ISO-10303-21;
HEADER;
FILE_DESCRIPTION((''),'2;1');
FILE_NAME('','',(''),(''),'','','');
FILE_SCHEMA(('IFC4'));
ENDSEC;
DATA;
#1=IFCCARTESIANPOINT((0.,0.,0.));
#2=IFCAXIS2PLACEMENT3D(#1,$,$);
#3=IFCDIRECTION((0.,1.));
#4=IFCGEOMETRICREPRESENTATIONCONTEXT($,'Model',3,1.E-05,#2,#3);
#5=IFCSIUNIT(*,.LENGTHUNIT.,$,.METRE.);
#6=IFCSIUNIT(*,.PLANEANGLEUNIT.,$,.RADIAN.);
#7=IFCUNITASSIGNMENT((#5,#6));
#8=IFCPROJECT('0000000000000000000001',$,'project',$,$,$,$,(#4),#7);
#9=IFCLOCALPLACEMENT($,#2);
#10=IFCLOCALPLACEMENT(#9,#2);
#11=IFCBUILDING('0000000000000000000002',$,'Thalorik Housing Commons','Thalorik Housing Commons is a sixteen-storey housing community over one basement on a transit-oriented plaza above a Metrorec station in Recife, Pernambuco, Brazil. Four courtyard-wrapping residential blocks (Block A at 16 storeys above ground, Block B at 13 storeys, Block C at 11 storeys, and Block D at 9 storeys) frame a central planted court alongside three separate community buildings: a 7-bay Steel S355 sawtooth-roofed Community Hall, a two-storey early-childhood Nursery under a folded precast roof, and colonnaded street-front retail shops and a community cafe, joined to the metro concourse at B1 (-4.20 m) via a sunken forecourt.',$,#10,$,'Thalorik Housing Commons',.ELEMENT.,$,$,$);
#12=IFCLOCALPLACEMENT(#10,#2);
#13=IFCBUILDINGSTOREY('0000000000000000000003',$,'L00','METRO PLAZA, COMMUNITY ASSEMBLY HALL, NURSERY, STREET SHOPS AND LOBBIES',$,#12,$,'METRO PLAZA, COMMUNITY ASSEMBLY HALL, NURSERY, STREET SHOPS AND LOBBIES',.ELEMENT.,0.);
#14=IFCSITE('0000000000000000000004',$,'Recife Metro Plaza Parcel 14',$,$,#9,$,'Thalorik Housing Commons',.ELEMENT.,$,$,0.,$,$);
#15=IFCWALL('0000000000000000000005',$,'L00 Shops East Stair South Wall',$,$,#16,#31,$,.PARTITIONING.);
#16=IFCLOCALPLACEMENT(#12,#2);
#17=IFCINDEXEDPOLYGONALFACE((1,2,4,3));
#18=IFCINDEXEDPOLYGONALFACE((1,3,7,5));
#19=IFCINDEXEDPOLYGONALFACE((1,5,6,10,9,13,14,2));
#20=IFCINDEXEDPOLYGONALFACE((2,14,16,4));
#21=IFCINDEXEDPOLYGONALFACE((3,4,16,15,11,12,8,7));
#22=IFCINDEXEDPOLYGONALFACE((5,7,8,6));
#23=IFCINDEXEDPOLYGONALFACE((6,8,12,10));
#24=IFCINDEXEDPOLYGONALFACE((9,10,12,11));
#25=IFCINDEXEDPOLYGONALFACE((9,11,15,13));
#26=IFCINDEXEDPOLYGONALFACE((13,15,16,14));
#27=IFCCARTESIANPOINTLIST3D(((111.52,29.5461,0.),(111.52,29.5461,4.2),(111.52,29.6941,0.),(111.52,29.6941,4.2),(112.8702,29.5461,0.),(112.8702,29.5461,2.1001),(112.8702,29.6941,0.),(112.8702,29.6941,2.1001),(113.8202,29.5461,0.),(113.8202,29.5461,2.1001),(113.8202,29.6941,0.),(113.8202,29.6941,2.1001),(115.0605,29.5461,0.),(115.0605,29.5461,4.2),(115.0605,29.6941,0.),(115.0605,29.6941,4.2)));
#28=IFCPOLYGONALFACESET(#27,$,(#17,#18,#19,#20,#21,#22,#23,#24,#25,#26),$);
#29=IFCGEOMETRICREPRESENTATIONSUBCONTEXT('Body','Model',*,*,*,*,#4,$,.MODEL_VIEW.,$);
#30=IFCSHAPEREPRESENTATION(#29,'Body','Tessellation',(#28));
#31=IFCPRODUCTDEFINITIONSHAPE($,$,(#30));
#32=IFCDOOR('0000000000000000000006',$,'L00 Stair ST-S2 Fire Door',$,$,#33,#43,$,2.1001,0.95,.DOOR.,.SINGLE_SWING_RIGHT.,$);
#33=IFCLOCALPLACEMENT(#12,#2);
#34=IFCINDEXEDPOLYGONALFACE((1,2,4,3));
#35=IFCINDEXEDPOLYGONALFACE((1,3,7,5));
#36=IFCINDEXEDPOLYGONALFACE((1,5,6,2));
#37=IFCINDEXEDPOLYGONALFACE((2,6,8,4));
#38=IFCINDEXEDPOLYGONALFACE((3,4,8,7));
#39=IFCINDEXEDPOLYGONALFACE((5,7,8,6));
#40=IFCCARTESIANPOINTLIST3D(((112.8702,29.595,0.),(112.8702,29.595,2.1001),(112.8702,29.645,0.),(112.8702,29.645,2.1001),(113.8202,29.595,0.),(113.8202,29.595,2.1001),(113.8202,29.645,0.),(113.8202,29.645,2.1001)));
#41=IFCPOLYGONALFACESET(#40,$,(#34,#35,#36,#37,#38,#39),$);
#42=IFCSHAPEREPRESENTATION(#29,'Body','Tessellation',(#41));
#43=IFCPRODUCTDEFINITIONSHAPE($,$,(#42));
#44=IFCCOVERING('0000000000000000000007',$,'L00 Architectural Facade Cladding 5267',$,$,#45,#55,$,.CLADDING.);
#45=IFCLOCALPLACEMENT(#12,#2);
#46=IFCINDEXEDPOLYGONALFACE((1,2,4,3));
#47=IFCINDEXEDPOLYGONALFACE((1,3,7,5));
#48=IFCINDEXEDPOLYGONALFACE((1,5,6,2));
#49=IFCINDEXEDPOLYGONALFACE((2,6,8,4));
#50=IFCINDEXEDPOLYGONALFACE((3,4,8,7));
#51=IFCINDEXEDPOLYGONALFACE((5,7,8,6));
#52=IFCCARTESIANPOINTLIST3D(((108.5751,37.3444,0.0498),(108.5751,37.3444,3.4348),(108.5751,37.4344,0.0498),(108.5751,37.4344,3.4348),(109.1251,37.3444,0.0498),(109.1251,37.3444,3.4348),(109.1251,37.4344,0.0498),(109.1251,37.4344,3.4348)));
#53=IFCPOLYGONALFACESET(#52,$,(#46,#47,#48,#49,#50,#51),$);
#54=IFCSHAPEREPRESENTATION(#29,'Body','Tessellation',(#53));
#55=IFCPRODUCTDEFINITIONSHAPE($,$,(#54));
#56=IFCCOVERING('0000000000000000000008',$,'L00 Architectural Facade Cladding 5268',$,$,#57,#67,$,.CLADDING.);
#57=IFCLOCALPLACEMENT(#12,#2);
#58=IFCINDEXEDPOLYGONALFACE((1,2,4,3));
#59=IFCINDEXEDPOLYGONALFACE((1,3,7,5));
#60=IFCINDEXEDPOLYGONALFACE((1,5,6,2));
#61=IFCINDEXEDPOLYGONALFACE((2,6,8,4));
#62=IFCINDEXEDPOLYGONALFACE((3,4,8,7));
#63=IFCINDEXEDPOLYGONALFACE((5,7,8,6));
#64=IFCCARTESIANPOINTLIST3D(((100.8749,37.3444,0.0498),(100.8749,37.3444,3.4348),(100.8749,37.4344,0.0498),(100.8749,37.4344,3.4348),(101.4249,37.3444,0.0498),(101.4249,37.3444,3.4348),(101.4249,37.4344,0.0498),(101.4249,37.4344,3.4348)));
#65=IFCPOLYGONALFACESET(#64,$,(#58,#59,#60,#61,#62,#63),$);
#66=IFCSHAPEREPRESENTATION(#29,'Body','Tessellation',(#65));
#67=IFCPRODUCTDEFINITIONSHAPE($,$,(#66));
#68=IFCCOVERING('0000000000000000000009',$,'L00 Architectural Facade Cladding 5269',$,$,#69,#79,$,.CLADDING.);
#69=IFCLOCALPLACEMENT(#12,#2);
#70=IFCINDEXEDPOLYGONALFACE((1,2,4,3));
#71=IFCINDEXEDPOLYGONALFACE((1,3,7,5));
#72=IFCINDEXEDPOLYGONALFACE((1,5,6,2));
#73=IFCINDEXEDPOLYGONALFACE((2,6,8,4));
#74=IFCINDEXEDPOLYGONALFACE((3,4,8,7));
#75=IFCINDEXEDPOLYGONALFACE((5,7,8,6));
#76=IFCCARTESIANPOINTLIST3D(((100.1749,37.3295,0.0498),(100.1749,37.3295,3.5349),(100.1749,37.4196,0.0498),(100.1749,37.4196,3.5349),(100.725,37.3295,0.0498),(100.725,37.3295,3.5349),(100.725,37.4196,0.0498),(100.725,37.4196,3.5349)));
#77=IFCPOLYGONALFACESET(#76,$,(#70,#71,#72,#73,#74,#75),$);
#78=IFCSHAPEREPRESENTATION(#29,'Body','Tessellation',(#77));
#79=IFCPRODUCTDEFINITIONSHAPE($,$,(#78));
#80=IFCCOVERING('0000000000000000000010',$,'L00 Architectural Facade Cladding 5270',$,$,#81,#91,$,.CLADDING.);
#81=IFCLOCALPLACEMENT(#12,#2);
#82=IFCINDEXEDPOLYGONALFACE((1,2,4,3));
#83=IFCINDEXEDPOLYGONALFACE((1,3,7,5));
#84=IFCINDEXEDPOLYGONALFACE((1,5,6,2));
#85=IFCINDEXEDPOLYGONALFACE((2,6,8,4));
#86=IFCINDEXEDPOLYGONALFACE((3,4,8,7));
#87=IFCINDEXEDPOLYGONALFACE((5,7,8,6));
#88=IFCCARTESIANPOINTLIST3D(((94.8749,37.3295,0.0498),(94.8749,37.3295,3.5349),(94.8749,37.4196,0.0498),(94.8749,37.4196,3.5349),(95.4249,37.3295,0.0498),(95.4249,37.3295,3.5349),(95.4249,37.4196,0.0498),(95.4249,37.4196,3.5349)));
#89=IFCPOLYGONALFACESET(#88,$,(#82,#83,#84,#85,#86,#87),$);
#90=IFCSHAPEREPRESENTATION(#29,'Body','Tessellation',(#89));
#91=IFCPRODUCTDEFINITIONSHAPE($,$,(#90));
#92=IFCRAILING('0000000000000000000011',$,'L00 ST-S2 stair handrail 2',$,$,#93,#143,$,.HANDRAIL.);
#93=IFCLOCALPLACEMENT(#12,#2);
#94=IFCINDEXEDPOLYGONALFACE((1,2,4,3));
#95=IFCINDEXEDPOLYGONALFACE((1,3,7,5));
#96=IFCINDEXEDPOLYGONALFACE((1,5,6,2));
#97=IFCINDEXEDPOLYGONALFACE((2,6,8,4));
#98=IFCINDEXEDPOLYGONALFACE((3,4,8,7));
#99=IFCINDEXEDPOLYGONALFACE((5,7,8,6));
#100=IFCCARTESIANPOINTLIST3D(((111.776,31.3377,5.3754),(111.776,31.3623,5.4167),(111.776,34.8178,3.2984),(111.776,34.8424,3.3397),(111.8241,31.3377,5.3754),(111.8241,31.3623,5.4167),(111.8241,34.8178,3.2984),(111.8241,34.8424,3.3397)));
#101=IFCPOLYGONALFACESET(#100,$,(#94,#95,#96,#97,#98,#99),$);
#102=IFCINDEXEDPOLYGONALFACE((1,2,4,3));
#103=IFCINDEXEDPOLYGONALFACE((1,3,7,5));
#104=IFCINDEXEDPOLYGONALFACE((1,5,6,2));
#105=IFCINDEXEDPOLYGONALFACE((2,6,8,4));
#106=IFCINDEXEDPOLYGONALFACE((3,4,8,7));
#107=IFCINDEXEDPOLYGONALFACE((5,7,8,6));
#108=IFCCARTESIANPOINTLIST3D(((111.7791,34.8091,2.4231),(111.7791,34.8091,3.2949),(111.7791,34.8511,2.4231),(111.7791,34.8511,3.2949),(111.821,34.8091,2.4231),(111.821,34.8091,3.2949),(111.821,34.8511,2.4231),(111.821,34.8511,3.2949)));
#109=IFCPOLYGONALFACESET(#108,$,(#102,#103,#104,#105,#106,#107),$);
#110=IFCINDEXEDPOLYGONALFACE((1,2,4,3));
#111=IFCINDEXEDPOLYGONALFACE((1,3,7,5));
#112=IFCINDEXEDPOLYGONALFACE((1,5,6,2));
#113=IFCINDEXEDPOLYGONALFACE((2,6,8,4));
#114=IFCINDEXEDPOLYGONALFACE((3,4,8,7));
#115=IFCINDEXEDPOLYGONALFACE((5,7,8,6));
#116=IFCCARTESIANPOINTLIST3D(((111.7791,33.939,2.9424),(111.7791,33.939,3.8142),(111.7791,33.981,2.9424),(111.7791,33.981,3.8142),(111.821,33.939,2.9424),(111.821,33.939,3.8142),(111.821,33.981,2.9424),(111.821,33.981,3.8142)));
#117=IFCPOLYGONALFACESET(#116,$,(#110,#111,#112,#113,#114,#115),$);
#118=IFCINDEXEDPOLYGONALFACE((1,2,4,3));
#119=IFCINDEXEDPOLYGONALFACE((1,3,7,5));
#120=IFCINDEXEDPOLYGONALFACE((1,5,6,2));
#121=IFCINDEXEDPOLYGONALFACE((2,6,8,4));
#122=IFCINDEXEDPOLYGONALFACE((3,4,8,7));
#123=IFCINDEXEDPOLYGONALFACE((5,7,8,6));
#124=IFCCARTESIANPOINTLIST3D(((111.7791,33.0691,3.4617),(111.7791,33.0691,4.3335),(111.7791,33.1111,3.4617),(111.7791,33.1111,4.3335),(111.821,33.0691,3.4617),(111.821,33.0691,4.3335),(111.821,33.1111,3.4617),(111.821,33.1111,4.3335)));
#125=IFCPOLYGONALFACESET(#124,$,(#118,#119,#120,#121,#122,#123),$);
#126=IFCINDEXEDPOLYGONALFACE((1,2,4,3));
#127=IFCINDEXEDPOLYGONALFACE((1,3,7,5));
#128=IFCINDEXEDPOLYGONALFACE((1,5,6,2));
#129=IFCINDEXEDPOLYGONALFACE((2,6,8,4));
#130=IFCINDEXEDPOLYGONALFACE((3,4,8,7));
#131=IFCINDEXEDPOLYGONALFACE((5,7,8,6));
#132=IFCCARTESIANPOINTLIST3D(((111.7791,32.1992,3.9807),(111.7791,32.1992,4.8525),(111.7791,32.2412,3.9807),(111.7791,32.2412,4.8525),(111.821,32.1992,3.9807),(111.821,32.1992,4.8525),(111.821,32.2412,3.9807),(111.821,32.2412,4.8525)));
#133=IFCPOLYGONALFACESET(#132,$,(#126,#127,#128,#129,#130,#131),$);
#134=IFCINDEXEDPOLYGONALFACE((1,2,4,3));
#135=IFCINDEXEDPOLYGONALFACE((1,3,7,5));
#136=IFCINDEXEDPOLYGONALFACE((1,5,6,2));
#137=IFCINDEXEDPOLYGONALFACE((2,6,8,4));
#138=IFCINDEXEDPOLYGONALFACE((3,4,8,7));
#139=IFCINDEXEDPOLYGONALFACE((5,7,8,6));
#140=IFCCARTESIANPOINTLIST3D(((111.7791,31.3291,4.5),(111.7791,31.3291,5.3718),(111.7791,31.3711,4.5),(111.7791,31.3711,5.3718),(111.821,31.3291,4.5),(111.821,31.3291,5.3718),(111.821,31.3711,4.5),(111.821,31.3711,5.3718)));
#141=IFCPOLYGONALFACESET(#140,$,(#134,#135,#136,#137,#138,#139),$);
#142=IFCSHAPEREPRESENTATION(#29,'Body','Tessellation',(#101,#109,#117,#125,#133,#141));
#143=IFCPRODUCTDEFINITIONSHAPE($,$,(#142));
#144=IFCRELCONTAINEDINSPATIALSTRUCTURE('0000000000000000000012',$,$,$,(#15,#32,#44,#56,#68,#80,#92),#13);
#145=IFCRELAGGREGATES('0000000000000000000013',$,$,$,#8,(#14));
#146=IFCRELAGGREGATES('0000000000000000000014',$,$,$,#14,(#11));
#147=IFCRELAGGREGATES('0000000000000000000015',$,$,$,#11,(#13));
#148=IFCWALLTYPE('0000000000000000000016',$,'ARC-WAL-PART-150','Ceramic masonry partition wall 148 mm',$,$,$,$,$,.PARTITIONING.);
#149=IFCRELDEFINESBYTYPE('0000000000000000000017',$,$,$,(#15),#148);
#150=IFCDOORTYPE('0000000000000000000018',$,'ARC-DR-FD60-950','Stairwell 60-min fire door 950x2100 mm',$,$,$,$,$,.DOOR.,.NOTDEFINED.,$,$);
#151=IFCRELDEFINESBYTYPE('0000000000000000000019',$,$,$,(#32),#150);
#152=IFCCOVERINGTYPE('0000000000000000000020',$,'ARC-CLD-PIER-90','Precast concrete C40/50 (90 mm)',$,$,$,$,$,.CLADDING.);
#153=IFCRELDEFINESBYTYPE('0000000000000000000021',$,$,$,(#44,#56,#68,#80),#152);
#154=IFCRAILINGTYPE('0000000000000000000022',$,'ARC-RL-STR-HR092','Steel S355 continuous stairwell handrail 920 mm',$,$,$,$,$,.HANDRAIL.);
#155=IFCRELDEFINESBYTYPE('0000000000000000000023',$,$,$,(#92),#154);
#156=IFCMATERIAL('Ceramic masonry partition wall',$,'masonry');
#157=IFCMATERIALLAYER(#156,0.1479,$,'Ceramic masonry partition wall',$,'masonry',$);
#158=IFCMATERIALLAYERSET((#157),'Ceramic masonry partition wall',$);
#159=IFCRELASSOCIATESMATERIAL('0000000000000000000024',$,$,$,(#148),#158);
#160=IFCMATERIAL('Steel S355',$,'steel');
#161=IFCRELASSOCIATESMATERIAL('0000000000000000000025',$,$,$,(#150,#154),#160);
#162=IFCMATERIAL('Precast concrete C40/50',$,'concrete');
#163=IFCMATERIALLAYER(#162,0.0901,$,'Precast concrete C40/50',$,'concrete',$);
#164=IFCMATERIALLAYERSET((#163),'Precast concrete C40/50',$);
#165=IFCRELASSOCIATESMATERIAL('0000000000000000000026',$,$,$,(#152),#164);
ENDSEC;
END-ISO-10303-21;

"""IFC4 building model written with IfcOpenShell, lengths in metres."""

from ifc_helpers import new_model, si_unit, direction, frame, frame_2d, origin, origin_2d, place, context, subcontext, project, spatial, rectangle, extrude, material, layer, layer_set, type_object, element, fill, save


model = new_model("IFC4")

# Units and contexts
model_context = context("Model", 3, precision=1e-05, world=origin(), true_north=direction((0.0, 1.0)))
body_context = subcontext(model_context, "Body", "Model", "MODEL_VIEW")
ifc_project = project(units=[si_unit("LENGTHUNIT", "METRE"), si_unit("PLANEANGLEUNIT", "RADIAN")], contexts=[model_context])

# Site, building, storey
site_placement = place(None, origin())
site = spatial("IfcSite", under=ifc_project, at=site_placement, Name="Recife Metro Plaza Parcel 14", LongName="Thalorik Housing Commons", CompositionType="ELEMENT", RefElevation=0.0)
building_placement = place(site_placement, origin())
building = spatial("IfcBuilding", under=site, at=building_placement, Name="Thalorik Housing Commons", Description="Thalorik Housing Commons is a sixteen-storey housing community over one basement on a transit-oriented plaza above a Metrorec station in Recife, Pernambuco, Brazil. Four courtyard-wrapping residential blocks (Block A at 16 storeys above ground, Block B at 13 storeys, Block C at 11 storeys, and Block D at 9 storeys) frame a central planted court alongside three separate community buildings: a 7-bay Steel S355 sawtooth-roofed Community Hall, a two-storey early-childhood Nursery under a folded precast roof, and colonnaded street-front retail shops and a community cafe, joined to the metro concourse at B1 (-4.20 m) via a sunken forecourt.", LongName="Thalorik Housing Commons", CompositionType="ELEMENT")
storey_placement = place(building_placement, origin())
storey = spatial("IfcBuildingStorey", under=building, at=storey_placement, Name="L00", Description="METRO PLAZA, COMMUNITY ASSEMBLY HALL, NURSERY, STREET SHOPS AND LOBBIES", LongName="METRO PLAZA, COMMUNITY ASSEMBLY HALL, NURSERY, STREET SHOPS AND LOBBIES", CompositionType="ELEMENT", Elevation=0.0)

# Shared definitions
ifc_material_1 = material(Name="Precast concrete C40/50", Category="concrete")

# Shared definitions
ifc_material_2 = material(Name="Steel S355", Category="steel")

# Wall, opening, door
ifc_material_3 = material(Name="Ceramic masonry partition wall", Category="masonry")
ifc_layer_1 = layer(ifc_material_3, 0.1479, Name="Ceramic masonry partition wall", Category="masonry")
ifc_layer_set_1 = layer_set([ifc_layer_1], Name="Ceramic masonry partition wall")
wall_type_1 = type_object("IfcWallType", Name="ARC-WAL-PART-150", Description="Ceramic masonry partition wall 148 mm", PredefinedType="PARTITIONING", material=ifc_layer_set_1)
wall_1_placement = place(storey_placement, frame((111.52, 29.6201, 0.0), z_axis=(0.0, 0.0, 1.0), x_axis=(1.0, 0.0, 0.0)))
wall_1 = element("IfcWall", 1, at=wall_1_placement, inside=storey, type_object=wall_type_1, Name="L00 Shops East Stair South Wall", PredefinedType="PARTITIONING", context=body_context, shape_type="SweptSolid", body=[
    extrude(rectangle(XDim=3.5405, YDim=0.1479, at=frame_2d((1.7703, 0.0))), origin(), (0.0, 0.0, 1.0), 4.2),
])
opening_1_placement = place(wall_1_placement, frame((1.3501, 0.0, 0.0)))
opening_1 = element("IfcOpeningElement", 2, at=opening_1_placement, cuts=wall_1, PredefinedType="OPENING", context=body_context, shape_type="SweptSolid", body=[
    extrude(rectangle(XDim=0.95, YDim=2.1001, at=frame_2d((0.4751, 1.05))), frame((0.0, 0.084, 0.0), z_axis=(0.0, -1.0, 0.0), x_axis=(1.0, 0.0, 0.0)), (0.0, 0.0, 1.0), 0.168),
])
door_type_1 = type_object("IfcDoorType", Name="ARC-DR-FD60-950", Description="Stairwell 60-min fire door 950x2100 mm", OperationType="NOTDEFINED", PredefinedType="DOOR", material=ifc_material_2)
door_1_placement = place(opening_1_placement, origin())
door_1 = element("IfcDoor", 3, at=door_1_placement, inside=storey, type_object=door_type_1, Name="L00 Stair ST-S2 Fire Door", OperationType="SINGLE_SWING_RIGHT", OverallHeight=2.1001, OverallWidth=0.95, PredefinedType="DOOR", context=body_context, shape_type="SweptSolid", body=[
    extrude(rectangle(XDim=0.95, YDim=2.1001, at=frame_2d((0.4751, 1.05))), frame((0.0, 0.0249, 0.0), z_axis=(0.0, -1.0, 0.0), x_axis=(1.0, 0.0, 0.0)), (0.0, 0.0, 1.0), 0.05),
])
fill(opening_1, door_1)

# Coverings
ifc_layer_2 = layer(ifc_material_1, 0.0901, Name="Precast concrete C40/50", Category="concrete")
ifc_layer_set_2 = layer_set([ifc_layer_2], Name="Precast concrete C40/50")
covering_type = type_object("IfcCoveringType", Name="ARC-CLD-PIER-90", Description="Precast concrete C40/50 (90 mm)", PredefinedType="CLADDING", material=ifc_layer_set_2)
for number, where, z_axis, x_axis, name in (
    (4, (108.8501, 37.3894, 0.0498), (0.0, 0.0, 1.0), (-1.0, 0.0, 0.0), "L00 Architectural Facade Cladding 5267"),
    (5, (101.1499, 37.3894, 0.0498), (0.0, 0.0, 1.0), (-1.0, 0.0, 0.0), "L00 Architectural Facade Cladding 5268"),
):
    element("IfcCovering", number, at=place(storey_placement, frame(where, z_axis=z_axis, x_axis=x_axis)), inside=storey, type_object=covering_type, Name=name, PredefinedType="CLADDING", context=body_context, shape_type="SweptSolid", body=[
        extrude(rectangle(XDim=0.55, YDim=0.0901, at=origin_2d()), origin(), (0.0, 0.0, 1.0), 3.385),
    ])
for number, where, z_axis, x_axis, name in (
    (6, (100.45, 37.3745, 0.0498), (0.0, 0.0, 1.0), (-1.0, 0.0, 0.0), "L00 Architectural Facade Cladding 5269"),
    (7, (95.1499, 37.3745, 0.0498), (0.0, 0.0, 1.0), (-1.0, 0.0, 0.0), "L00 Architectural Facade Cladding 5270"),
):
    element("IfcCovering", number, at=place(storey_placement, frame(where, z_axis=z_axis, x_axis=x_axis)), inside=storey, type_object=covering_type, Name=name, PredefinedType="CLADDING", context=body_context, shape_type="SweptSolid", body=[
        extrude(rectangle(XDim=0.55, YDim=0.0901, at=origin_2d()), origin(), (0.0, 0.0, 1.0), 3.4851),
    ])

# Railing
railing_type = type_object("IfcRailingType", Name="ARC-RL-STR-HR092", Description="Steel S355 continuous stairwell handrail 920 mm", PredefinedType="HANDRAIL", material=ifc_material_2)
railing_placement = place(storey_placement, frame((111.8, 34.8301, 2.4231)))
element("IfcRailing", 8, at=railing_placement, inside=storey, type_object=railing_type, Name="L00 ST-S2 stair handrail 2", PredefinedType="HANDRAIL", context=body_context, shape_type="SweptSolid", body=[
    extrude(rectangle(XDim=0.0481, YDim=0.0481, at=origin_2d()), frame((0.0, 0.0, 0.896), z_axis=(0.0, -0.858697, 0.512483), x_axis=(1.0, 0.0, 0.0)), (0.0, 0.0, 1.0), 4.0527),
    extrude(rectangle(XDim=0.042, YDim=0.042, at=origin_2d()), origin(), (0.0, 0.0, 1.0), 0.8718),
    extrude(rectangle(XDim=0.042, YDim=0.042, at=origin_2d()), frame((0.0, -0.8701, 0.5193)), (0.0, 0.0, 1.0), 0.8718),
    extrude(rectangle(XDim=0.042, YDim=0.042, at=origin_2d()), frame((0.0, -1.74, 1.0386)), (0.0, 0.0, 1.0), 0.8718),
    extrude(rectangle(XDim=0.042, YDim=0.042, at=origin_2d()), frame((0.0, -2.6099, 1.5576)), (0.0, 0.0, 1.0), 0.8718),
    extrude(rectangle(XDim=0.042, YDim=0.042, at=origin_2d()), frame((0.0, -3.48, 2.0769)), (0.0, 0.0, 1.0), 0.8718),
])

save(model, "model.ifc")
